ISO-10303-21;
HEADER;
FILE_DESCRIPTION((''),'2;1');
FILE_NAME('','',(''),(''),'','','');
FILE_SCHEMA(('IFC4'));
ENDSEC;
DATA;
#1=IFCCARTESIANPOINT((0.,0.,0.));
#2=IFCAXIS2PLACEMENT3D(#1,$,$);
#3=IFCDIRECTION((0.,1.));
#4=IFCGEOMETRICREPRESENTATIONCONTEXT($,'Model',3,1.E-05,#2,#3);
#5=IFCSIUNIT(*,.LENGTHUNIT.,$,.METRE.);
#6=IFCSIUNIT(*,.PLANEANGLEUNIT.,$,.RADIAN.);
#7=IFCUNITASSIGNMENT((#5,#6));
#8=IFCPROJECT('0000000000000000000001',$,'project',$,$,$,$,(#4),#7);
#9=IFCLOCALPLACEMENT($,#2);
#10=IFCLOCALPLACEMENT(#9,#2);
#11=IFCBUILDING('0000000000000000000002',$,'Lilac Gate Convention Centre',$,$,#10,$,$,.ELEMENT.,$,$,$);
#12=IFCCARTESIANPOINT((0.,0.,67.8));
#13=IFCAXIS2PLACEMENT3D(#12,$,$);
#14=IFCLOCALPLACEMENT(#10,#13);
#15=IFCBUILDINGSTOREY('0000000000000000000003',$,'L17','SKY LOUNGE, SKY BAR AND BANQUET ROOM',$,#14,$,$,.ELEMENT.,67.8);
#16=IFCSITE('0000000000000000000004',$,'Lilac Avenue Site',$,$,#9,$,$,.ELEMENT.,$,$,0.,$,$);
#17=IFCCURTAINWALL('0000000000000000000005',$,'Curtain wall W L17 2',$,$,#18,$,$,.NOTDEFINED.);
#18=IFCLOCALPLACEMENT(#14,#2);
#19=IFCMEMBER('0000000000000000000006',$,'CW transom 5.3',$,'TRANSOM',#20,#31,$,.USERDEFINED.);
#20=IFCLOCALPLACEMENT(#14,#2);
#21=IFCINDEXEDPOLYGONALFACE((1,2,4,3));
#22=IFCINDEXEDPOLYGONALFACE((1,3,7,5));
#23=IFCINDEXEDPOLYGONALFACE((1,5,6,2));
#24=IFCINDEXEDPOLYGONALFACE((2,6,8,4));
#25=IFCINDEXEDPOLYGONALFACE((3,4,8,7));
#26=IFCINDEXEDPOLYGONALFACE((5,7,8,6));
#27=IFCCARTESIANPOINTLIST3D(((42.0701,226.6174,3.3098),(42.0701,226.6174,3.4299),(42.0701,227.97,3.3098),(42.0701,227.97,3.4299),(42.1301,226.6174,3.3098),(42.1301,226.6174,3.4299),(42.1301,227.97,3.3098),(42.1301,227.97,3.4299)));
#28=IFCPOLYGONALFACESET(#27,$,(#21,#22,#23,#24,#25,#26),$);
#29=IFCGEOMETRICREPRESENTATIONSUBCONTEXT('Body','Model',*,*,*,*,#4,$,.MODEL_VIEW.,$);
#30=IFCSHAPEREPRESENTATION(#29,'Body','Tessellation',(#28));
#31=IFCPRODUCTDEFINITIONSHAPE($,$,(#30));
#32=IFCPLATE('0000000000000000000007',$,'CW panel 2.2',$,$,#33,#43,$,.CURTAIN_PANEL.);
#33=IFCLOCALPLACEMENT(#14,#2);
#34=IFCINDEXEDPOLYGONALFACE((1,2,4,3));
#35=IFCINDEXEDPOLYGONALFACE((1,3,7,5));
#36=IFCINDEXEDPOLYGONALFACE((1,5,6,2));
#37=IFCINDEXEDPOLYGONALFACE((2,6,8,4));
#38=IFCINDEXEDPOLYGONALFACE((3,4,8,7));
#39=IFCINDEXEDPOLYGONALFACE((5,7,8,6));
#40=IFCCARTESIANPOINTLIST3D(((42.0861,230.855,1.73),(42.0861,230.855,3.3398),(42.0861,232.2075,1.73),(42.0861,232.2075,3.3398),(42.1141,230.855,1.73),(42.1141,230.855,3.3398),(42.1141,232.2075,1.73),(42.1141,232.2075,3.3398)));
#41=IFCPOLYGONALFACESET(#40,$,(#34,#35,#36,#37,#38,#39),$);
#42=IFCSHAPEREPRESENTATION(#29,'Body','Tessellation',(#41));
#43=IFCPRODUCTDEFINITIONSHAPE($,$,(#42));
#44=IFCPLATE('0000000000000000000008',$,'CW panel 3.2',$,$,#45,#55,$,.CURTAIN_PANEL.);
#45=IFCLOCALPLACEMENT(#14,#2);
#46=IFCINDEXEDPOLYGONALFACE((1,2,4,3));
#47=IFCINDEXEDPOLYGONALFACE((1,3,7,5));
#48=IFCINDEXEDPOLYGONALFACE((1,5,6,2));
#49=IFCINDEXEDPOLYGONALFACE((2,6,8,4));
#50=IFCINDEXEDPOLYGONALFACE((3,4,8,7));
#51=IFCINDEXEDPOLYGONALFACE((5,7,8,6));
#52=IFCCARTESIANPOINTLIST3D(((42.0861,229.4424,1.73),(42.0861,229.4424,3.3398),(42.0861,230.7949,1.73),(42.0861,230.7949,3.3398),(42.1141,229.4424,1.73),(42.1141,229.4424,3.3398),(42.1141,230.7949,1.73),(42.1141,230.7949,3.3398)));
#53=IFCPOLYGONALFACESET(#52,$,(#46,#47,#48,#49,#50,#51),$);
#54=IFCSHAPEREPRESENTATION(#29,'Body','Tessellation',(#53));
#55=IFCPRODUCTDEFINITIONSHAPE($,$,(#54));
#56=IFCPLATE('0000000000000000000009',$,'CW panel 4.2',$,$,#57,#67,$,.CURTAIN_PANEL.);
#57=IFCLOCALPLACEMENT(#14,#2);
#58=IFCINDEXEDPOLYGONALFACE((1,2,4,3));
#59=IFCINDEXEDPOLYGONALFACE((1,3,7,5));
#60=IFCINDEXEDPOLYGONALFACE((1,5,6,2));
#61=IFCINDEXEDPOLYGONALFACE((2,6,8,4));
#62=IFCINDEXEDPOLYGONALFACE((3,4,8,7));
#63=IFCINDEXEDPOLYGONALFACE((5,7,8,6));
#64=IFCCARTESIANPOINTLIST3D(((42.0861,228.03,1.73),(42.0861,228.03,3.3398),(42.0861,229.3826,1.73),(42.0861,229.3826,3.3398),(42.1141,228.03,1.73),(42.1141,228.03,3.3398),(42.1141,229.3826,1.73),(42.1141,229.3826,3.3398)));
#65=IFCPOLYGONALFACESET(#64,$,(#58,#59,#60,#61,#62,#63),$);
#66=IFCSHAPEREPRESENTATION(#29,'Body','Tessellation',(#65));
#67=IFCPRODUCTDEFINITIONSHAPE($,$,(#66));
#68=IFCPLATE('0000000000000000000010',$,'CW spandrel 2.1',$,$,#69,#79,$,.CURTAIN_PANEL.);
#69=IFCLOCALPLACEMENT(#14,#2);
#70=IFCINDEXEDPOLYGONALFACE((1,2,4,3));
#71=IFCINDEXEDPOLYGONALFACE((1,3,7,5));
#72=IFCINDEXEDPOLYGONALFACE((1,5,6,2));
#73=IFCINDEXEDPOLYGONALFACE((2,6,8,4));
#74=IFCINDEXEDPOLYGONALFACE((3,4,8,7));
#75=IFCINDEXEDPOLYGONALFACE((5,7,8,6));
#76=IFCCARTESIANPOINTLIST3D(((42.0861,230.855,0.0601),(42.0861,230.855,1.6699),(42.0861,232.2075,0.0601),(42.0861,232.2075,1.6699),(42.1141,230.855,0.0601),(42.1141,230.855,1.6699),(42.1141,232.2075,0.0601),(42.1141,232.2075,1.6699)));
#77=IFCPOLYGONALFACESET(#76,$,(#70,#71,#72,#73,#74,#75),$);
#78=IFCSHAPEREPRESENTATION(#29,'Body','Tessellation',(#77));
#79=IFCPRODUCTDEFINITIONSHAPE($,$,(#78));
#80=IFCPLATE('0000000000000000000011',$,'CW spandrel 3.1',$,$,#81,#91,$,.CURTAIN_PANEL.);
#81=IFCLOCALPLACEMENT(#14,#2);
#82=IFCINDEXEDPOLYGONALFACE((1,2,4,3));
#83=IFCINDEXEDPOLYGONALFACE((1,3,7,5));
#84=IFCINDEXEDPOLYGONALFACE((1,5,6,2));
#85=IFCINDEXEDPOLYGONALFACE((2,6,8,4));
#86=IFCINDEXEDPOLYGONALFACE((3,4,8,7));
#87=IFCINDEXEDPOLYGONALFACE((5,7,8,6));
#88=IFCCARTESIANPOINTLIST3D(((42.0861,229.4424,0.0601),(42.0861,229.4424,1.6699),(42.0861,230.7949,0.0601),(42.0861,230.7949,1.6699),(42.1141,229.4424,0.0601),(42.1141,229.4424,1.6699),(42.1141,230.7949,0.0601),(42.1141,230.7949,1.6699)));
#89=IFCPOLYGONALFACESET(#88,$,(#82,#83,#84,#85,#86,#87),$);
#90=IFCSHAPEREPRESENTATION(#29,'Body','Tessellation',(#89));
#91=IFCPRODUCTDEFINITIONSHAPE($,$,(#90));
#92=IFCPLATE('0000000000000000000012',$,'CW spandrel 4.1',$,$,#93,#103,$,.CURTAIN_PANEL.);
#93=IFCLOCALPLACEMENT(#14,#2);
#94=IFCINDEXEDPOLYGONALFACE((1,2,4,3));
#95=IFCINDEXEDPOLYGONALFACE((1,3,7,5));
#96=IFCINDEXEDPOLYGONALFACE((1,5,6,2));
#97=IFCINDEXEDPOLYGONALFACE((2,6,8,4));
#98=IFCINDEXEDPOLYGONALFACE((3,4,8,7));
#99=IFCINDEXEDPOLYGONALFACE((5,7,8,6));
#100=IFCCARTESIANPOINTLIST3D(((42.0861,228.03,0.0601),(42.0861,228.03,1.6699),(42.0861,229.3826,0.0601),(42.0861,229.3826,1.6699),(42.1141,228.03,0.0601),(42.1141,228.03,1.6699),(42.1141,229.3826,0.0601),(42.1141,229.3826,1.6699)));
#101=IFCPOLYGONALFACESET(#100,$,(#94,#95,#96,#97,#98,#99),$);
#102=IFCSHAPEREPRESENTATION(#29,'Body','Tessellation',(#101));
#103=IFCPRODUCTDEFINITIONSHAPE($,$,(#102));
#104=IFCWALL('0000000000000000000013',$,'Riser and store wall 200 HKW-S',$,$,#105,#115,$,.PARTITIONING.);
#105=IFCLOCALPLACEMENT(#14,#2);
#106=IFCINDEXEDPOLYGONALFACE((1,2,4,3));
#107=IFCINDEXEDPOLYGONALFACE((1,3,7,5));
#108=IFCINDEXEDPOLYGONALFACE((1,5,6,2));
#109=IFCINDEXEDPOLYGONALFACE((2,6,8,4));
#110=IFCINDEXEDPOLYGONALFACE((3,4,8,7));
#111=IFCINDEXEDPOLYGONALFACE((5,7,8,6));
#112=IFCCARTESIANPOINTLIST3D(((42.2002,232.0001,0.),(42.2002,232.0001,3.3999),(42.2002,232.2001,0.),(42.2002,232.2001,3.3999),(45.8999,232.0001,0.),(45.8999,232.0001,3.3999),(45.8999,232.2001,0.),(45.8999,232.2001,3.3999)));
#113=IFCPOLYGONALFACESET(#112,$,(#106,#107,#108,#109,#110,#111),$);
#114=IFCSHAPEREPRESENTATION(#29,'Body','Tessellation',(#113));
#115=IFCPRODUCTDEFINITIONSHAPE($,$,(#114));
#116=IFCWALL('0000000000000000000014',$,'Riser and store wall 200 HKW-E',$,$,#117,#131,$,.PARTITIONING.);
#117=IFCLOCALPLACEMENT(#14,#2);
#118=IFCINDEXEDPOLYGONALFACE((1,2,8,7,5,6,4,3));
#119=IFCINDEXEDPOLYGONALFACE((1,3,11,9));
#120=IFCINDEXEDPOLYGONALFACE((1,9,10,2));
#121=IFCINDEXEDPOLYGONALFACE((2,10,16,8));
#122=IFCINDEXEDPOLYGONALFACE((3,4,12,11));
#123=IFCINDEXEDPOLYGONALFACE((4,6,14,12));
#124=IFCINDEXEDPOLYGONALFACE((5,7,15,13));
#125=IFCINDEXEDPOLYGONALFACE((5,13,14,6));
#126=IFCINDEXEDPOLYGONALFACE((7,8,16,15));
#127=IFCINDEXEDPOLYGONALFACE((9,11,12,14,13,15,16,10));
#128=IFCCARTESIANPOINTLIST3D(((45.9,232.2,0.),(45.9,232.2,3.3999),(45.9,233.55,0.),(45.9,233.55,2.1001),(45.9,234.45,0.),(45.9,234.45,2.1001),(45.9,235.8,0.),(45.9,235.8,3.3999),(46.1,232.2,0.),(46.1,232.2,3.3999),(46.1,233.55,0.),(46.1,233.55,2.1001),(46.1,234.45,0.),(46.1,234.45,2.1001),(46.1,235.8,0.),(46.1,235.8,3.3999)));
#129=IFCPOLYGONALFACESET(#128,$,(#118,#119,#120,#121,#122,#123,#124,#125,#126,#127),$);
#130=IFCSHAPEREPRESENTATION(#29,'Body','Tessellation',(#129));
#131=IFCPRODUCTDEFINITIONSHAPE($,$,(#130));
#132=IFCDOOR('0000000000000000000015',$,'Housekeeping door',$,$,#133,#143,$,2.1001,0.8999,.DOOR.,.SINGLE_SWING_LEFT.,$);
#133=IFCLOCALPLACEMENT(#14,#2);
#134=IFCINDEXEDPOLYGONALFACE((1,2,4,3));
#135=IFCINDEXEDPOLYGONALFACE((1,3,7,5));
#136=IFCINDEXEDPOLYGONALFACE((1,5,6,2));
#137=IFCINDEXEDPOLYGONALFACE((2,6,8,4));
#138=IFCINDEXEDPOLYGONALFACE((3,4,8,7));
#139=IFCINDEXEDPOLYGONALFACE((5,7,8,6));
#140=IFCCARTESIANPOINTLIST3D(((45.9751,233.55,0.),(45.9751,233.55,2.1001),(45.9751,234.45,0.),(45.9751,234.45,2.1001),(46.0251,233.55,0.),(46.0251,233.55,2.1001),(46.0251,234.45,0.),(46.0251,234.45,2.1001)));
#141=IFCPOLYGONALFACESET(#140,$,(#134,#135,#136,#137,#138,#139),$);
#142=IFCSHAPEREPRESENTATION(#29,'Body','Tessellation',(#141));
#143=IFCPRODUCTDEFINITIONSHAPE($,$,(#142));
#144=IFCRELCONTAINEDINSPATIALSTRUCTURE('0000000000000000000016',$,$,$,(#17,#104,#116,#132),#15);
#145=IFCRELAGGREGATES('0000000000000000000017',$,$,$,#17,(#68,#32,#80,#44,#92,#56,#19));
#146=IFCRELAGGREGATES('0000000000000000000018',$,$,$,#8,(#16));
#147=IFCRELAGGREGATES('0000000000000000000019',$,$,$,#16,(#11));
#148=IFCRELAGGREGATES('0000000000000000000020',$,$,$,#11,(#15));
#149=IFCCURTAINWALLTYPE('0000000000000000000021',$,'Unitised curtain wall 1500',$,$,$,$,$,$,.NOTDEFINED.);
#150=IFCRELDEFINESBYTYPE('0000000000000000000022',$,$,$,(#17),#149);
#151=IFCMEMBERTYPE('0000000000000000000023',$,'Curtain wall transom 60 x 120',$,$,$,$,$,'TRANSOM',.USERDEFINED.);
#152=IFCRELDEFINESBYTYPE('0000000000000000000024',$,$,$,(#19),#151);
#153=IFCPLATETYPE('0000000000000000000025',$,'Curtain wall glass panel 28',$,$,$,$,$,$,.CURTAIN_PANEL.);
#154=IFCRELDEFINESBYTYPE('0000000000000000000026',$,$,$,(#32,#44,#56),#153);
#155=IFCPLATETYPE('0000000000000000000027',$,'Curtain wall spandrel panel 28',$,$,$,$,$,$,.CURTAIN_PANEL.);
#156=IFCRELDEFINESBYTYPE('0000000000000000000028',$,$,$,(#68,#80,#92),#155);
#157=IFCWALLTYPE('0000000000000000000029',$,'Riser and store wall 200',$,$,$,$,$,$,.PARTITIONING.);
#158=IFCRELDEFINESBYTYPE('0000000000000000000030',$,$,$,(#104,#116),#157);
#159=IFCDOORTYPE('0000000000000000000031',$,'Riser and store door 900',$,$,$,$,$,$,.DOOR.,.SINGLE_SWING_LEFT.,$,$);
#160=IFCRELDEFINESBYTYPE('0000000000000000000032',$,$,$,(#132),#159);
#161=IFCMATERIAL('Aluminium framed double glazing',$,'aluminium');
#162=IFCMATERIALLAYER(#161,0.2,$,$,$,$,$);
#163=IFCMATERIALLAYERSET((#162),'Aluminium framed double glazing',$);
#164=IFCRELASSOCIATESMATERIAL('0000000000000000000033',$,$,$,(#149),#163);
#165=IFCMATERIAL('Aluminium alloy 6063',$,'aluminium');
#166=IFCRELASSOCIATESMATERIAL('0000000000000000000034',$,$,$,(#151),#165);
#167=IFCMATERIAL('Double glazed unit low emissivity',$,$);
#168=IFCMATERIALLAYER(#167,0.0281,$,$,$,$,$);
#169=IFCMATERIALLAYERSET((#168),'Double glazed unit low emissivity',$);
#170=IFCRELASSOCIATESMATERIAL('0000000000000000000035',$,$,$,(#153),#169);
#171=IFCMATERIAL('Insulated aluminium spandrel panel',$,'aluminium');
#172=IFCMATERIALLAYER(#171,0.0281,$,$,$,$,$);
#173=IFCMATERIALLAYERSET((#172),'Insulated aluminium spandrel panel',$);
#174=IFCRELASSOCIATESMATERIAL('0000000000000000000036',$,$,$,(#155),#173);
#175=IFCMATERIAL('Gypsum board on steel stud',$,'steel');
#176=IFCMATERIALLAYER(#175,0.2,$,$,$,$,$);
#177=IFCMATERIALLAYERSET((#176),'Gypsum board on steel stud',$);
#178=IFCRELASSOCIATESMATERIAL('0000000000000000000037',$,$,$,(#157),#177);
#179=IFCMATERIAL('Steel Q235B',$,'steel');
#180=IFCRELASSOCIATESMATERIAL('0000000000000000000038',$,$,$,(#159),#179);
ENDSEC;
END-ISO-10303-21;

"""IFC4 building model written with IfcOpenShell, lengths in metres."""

from ifc_helpers import new_model, si_unit, direction, frame, frame_2d, origin, origin_2d, place, context, subcontext, project, spatial, rectangle, extrude, material, layer, layer_set, material_profile, profile_set, type_object, element, fill, aggregate, save


model = new_model("IFC4")

# Units and contexts
model_context = context("Model", 3, precision=1e-05, world=origin(), true_north=direction((0.0, 1.0)))
body_context = subcontext(model_context, "Body", "Model", "MODEL_VIEW")
ifc_project = project(units=[si_unit("LENGTHUNIT", "METRE"), si_unit("PLANEANGLEUNIT", "RADIAN")], contexts=[model_context])

# Site, building, storey
site_placement = place(None, origin())
site = spatial("IfcSite", under=ifc_project, at=site_placement, Name="Lilac Avenue Site", CompositionType="ELEMENT", RefElevation=0.0)
building_placement = place(site_placement, origin())
building = spatial("IfcBuilding", under=site, at=building_placement, Name="Lilac Gate Convention Centre", CompositionType="ELEMENT")
storey_placement = place(building_placement, frame((0.0, 0.0, 67.8)))
storey = spatial("IfcBuildingStorey", under=building, at=storey_placement, Name="L17", Description="SKY LOUNGE, SKY BAR AND BANQUET ROOM", CompositionType="ELEMENT", Elevation=67.8)

# Curtain wall, member, plates
ifc_material_1 = material(Name="Aluminium framed double glazing", Category="aluminium")
ifc_layer_1 = layer(ifc_material_1, 0.2)
ifc_layer_set_1 = layer_set([ifc_layer_1], Name="Aluminium framed double glazing")
curtain_wall_type = type_object("IfcCurtainWallType", Name="Unitised curtain wall 1500", PredefinedType="NOTDEFINED", material=ifc_layer_set_1)
curtain_wall_placement = place(storey_placement, origin())
curtain_wall = element("IfcCurtainWall", 1, at=curtain_wall_placement, inside=storey, type_object=curtain_wall_type, Name="Curtain wall W L17 2", PredefinedType="NOTDEFINED")
ifc_material_2 = material(Name="Aluminium alloy 6063", Category="aluminium")
ifc_material_profile_1 = material_profile(ifc_material_2, rectangle(XDim=0.0601, YDim=0.1201, at=origin_2d()), Name="Curtain wall transom 60 x 120")
ifc_profile_set_1 = profile_set([ifc_material_profile_1], Name="Aluminium alloy 6063")
member_type_1 = type_object("IfcMemberType", Name="Curtain wall transom 60 x 120", ElementType="TRANSOM", PredefinedType="USERDEFINED", material=ifc_profile_set_1)
member_1_placement = place(storey_placement, frame((42.1001, 227.97, 3.3699), z_axis=(0.0, -1.0, 0.0), x_axis=(1.0, 0.0, 0.0)))
member_1 = element("IfcMember", 2, at=member_1_placement, type_object=member_type_1, Name="CW transom 5.3", ObjectType="TRANSOM", PredefinedType="USERDEFINED", context=body_context, shape_type="SweptSolid", body=[
    extrude(rectangle(XDim=0.0601, YDim=0.1201, at=origin_2d()), origin(), (0.0, 0.0, 1.0), 1.3525),
])
ifc_material_3 = material(Name="Double glazed unit low emissivity")
ifc_layer_2 = layer(ifc_material_3, 0.0281)
ifc_layer_set_2 = layer_set([ifc_layer_2], Name="Double glazed unit low emissivity")
plate_type_1 = type_object("IfcPlateType", Name="Curtain wall glass panel 28", PredefinedType="CURTAIN_PANEL", material=ifc_layer_set_2)
plate_1_placement = place(storey_placement, frame((42.1001, 231.5312, 1.73), z_axis=(0.0, 0.0, 1.0), x_axis=(0.0, -1.0, 0.0)))
plate_1 = element("IfcPlate", 3, at=plate_1_placement, type_object=plate_type_1, Name="CW panel 2.2", PredefinedType="CURTAIN_PANEL", context=body_context, shape_type="SweptSolid", body=[
    extrude(rectangle(XDim=1.3525, YDim=0.0281, at=origin_2d()), origin(), (0.0, 0.0, 1.0), 1.6099),
])
plate_2_placement = place(storey_placement, frame((42.1001, 230.1187, 1.73), z_axis=(0.0, 0.0, 1.0), x_axis=(0.0, -1.0, 0.0)))
plate_2 = element("IfcPlate", 4, at=plate_2_placement, type_object=plate_type_1, Name="CW panel 3.2", PredefinedType="CURTAIN_PANEL", context=body_context, shape_type="SweptSolid", body=[
    extrude(rectangle(XDim=1.3525, YDim=0.0281, at=origin_2d()), origin(), (0.0, 0.0, 1.0), 1.6099),
])
plate_3_placement = place(storey_placement, frame((42.1001, 228.7063, 1.73), z_axis=(0.0, 0.0, 1.0), x_axis=(0.0, -1.0, 0.0)))
plate_3 = element("IfcPlate", 5, at=plate_3_placement, type_object=plate_type_1, Name="CW panel 4.2", PredefinedType="CURTAIN_PANEL", context=body_context, shape_type="SweptSolid", body=[
    extrude(rectangle(XDim=1.3525, YDim=0.0281, at=origin_2d()), origin(), (0.0, 0.0, 1.0), 1.6099),
])
ifc_material_4 = material(Name="Insulated aluminium spandrel panel", Category="aluminium")
ifc_layer_3 = layer(ifc_material_4, 0.0281)
ifc_layer_set_3 = layer_set([ifc_layer_3], Name="Insulated aluminium spandrel panel")
plate_type_2 = type_object("IfcPlateType", Name="Curtain wall spandrel panel 28", PredefinedType="CURTAIN_PANEL", material=ifc_layer_set_3)
plate_4_placement = place(storey_placement, frame((42.1001, 231.5312, 0.0601), z_axis=(0.0, 0.0, 1.0), x_axis=(0.0, -1.0, 0.0)))
plate_4 = element("IfcPlate", 6, at=plate_4_placement, type_object=plate_type_2, Name="CW spandrel 2.1", PredefinedType="CURTAIN_PANEL", context=body_context, shape_type="SweptSolid", body=[
    extrude(rectangle(XDim=1.3525, YDim=0.0281, at=origin_2d()), origin(), (0.0, 0.0, 1.0), 1.6099),
])
plate_5_placement = place(storey_placement, frame((42.1001, 230.1187, 0.0601), z_axis=(0.0, 0.0, 1.0), x_axis=(0.0, -1.0, 0.0)))
plate_5 = element("IfcPlate", 7, at=plate_5_placement, type_object=plate_type_2, Name="CW spandrel 3.1", PredefinedType="CURTAIN_PANEL", context=body_context, shape_type="SweptSolid", body=[
    extrude(rectangle(XDim=1.3525, YDim=0.0281, at=origin_2d()), origin(), (0.0, 0.0, 1.0), 1.6099),
])
plate_6_placement = place(storey_placement, frame((42.1001, 228.7063, 0.0601), z_axis=(0.0, 0.0, 1.0), x_axis=(0.0, -1.0, 0.0)))
plate_6 = element("IfcPlate", 8, at=plate_6_placement, type_object=plate_type_2, Name="CW spandrel 4.1", PredefinedType="CURTAIN_PANEL", context=body_context, shape_type="SweptSolid", body=[
    extrude(rectangle(XDim=1.3525, YDim=0.0281, at=origin_2d()), origin(), (0.0, 0.0, 1.0), 1.6099),
])
aggregate(curtain_wall, [plate_4, plate_1, plate_5, plate_2, plate_6, plate_3, member_1])

# Wall
ifc_material_5 = material(Name="Gypsum board on steel stud", Category="steel")
ifc_layer_4 = layer(ifc_material_5, 0.2)
ifc_layer_set_4 = layer_set([ifc_layer_4], Name="Gypsum board on steel stud")
wall_type = type_object("IfcWallType", Name="Riser and store wall 200", PredefinedType="PARTITIONING", material=ifc_layer_set_4)
wall_1_placement = place(storey_placement, frame((42.2002, 232.1001, 0.0), z_axis=(0.0, 0.0, 1.0), x_axis=(1.0, 0.0, 0.0)))
element("IfcWall", 9, at=wall_1_placement, inside=storey, type_object=wall_type, Name="Riser and store wall 200 HKW-S", PredefinedType="PARTITIONING", context=body_context, shape_type="SweptSolid", body=[
    extrude(rectangle(XDim=3.6997, YDim=0.2, at=frame_2d((1.8499, 0.0))), origin(), (0.0, 0.0, 1.0), 3.3999),
])

# Wall, opening, door
wall_2_placement = place(storey_placement, frame((46.0, 232.2, 0.0), z_axis=(0.0, 0.0, 1.0), x_axis=(0.0, 1.0, 0.0)))
wall_2 = element("IfcWall", 10, at=wall_2_placement, inside=storey, type_object=wall_type, Name="Riser and store wall 200 HKW-E", PredefinedType="PARTITIONING", context=body_context, shape_type="SweptSolid", body=[
    extrude(rectangle(XDim=3.6001, YDim=0.2, at=frame_2d((1.8, 0.0))), origin(), (0.0, 0.0, 1.0), 3.3999),
])
opening_placement = place(wall_2_placement, frame((1.3501, 0.0, 0.0)))
opening = element("IfcOpeningElement", 11, at=opening_placement, cuts=wall_2, PredefinedType="OPENING", context=body_context, shape_type="SweptSolid", body=[
    extrude(rectangle(XDim=0.8999, YDim=2.1001, at=frame_2d((0.45, 1.05))), frame((0.0, 0.1099, 0.0), z_axis=(0.0, -1.0, 0.0), x_axis=(1.0, 0.0, 0.0)), (0.0, 0.0, 1.0), 0.22),
])
ifc_material_6 = material(Name="Steel Q235B", Category="steel")
door_type = type_object("IfcDoorType", Name="Riser and store door 900", OperationType="SINGLE_SWING_LEFT", PredefinedType="DOOR", material=ifc_material_6)
door_placement = place(opening_placement, origin())
door = element("IfcDoor", 12, at=door_placement, inside=storey, type_object=door_type, Name="Housekeeping door", OperationType="SINGLE_SWING_LEFT", OverallHeight=2.1001, OverallWidth=0.8999, PredefinedType="DOOR", context=body_context, shape_type="SweptSolid", body=[
    extrude(rectangle(XDim=0.8999, YDim=2.1001, at=frame_2d((0.45, 1.05))), frame((0.0, 0.0249, 0.0), z_axis=(0.0, -1.0, 0.0), x_axis=(1.0, 0.0, 0.0)), (0.0, 0.0, 1.0), 0.05),
])
fill(opening, door)

save(model, "model.ifc")
